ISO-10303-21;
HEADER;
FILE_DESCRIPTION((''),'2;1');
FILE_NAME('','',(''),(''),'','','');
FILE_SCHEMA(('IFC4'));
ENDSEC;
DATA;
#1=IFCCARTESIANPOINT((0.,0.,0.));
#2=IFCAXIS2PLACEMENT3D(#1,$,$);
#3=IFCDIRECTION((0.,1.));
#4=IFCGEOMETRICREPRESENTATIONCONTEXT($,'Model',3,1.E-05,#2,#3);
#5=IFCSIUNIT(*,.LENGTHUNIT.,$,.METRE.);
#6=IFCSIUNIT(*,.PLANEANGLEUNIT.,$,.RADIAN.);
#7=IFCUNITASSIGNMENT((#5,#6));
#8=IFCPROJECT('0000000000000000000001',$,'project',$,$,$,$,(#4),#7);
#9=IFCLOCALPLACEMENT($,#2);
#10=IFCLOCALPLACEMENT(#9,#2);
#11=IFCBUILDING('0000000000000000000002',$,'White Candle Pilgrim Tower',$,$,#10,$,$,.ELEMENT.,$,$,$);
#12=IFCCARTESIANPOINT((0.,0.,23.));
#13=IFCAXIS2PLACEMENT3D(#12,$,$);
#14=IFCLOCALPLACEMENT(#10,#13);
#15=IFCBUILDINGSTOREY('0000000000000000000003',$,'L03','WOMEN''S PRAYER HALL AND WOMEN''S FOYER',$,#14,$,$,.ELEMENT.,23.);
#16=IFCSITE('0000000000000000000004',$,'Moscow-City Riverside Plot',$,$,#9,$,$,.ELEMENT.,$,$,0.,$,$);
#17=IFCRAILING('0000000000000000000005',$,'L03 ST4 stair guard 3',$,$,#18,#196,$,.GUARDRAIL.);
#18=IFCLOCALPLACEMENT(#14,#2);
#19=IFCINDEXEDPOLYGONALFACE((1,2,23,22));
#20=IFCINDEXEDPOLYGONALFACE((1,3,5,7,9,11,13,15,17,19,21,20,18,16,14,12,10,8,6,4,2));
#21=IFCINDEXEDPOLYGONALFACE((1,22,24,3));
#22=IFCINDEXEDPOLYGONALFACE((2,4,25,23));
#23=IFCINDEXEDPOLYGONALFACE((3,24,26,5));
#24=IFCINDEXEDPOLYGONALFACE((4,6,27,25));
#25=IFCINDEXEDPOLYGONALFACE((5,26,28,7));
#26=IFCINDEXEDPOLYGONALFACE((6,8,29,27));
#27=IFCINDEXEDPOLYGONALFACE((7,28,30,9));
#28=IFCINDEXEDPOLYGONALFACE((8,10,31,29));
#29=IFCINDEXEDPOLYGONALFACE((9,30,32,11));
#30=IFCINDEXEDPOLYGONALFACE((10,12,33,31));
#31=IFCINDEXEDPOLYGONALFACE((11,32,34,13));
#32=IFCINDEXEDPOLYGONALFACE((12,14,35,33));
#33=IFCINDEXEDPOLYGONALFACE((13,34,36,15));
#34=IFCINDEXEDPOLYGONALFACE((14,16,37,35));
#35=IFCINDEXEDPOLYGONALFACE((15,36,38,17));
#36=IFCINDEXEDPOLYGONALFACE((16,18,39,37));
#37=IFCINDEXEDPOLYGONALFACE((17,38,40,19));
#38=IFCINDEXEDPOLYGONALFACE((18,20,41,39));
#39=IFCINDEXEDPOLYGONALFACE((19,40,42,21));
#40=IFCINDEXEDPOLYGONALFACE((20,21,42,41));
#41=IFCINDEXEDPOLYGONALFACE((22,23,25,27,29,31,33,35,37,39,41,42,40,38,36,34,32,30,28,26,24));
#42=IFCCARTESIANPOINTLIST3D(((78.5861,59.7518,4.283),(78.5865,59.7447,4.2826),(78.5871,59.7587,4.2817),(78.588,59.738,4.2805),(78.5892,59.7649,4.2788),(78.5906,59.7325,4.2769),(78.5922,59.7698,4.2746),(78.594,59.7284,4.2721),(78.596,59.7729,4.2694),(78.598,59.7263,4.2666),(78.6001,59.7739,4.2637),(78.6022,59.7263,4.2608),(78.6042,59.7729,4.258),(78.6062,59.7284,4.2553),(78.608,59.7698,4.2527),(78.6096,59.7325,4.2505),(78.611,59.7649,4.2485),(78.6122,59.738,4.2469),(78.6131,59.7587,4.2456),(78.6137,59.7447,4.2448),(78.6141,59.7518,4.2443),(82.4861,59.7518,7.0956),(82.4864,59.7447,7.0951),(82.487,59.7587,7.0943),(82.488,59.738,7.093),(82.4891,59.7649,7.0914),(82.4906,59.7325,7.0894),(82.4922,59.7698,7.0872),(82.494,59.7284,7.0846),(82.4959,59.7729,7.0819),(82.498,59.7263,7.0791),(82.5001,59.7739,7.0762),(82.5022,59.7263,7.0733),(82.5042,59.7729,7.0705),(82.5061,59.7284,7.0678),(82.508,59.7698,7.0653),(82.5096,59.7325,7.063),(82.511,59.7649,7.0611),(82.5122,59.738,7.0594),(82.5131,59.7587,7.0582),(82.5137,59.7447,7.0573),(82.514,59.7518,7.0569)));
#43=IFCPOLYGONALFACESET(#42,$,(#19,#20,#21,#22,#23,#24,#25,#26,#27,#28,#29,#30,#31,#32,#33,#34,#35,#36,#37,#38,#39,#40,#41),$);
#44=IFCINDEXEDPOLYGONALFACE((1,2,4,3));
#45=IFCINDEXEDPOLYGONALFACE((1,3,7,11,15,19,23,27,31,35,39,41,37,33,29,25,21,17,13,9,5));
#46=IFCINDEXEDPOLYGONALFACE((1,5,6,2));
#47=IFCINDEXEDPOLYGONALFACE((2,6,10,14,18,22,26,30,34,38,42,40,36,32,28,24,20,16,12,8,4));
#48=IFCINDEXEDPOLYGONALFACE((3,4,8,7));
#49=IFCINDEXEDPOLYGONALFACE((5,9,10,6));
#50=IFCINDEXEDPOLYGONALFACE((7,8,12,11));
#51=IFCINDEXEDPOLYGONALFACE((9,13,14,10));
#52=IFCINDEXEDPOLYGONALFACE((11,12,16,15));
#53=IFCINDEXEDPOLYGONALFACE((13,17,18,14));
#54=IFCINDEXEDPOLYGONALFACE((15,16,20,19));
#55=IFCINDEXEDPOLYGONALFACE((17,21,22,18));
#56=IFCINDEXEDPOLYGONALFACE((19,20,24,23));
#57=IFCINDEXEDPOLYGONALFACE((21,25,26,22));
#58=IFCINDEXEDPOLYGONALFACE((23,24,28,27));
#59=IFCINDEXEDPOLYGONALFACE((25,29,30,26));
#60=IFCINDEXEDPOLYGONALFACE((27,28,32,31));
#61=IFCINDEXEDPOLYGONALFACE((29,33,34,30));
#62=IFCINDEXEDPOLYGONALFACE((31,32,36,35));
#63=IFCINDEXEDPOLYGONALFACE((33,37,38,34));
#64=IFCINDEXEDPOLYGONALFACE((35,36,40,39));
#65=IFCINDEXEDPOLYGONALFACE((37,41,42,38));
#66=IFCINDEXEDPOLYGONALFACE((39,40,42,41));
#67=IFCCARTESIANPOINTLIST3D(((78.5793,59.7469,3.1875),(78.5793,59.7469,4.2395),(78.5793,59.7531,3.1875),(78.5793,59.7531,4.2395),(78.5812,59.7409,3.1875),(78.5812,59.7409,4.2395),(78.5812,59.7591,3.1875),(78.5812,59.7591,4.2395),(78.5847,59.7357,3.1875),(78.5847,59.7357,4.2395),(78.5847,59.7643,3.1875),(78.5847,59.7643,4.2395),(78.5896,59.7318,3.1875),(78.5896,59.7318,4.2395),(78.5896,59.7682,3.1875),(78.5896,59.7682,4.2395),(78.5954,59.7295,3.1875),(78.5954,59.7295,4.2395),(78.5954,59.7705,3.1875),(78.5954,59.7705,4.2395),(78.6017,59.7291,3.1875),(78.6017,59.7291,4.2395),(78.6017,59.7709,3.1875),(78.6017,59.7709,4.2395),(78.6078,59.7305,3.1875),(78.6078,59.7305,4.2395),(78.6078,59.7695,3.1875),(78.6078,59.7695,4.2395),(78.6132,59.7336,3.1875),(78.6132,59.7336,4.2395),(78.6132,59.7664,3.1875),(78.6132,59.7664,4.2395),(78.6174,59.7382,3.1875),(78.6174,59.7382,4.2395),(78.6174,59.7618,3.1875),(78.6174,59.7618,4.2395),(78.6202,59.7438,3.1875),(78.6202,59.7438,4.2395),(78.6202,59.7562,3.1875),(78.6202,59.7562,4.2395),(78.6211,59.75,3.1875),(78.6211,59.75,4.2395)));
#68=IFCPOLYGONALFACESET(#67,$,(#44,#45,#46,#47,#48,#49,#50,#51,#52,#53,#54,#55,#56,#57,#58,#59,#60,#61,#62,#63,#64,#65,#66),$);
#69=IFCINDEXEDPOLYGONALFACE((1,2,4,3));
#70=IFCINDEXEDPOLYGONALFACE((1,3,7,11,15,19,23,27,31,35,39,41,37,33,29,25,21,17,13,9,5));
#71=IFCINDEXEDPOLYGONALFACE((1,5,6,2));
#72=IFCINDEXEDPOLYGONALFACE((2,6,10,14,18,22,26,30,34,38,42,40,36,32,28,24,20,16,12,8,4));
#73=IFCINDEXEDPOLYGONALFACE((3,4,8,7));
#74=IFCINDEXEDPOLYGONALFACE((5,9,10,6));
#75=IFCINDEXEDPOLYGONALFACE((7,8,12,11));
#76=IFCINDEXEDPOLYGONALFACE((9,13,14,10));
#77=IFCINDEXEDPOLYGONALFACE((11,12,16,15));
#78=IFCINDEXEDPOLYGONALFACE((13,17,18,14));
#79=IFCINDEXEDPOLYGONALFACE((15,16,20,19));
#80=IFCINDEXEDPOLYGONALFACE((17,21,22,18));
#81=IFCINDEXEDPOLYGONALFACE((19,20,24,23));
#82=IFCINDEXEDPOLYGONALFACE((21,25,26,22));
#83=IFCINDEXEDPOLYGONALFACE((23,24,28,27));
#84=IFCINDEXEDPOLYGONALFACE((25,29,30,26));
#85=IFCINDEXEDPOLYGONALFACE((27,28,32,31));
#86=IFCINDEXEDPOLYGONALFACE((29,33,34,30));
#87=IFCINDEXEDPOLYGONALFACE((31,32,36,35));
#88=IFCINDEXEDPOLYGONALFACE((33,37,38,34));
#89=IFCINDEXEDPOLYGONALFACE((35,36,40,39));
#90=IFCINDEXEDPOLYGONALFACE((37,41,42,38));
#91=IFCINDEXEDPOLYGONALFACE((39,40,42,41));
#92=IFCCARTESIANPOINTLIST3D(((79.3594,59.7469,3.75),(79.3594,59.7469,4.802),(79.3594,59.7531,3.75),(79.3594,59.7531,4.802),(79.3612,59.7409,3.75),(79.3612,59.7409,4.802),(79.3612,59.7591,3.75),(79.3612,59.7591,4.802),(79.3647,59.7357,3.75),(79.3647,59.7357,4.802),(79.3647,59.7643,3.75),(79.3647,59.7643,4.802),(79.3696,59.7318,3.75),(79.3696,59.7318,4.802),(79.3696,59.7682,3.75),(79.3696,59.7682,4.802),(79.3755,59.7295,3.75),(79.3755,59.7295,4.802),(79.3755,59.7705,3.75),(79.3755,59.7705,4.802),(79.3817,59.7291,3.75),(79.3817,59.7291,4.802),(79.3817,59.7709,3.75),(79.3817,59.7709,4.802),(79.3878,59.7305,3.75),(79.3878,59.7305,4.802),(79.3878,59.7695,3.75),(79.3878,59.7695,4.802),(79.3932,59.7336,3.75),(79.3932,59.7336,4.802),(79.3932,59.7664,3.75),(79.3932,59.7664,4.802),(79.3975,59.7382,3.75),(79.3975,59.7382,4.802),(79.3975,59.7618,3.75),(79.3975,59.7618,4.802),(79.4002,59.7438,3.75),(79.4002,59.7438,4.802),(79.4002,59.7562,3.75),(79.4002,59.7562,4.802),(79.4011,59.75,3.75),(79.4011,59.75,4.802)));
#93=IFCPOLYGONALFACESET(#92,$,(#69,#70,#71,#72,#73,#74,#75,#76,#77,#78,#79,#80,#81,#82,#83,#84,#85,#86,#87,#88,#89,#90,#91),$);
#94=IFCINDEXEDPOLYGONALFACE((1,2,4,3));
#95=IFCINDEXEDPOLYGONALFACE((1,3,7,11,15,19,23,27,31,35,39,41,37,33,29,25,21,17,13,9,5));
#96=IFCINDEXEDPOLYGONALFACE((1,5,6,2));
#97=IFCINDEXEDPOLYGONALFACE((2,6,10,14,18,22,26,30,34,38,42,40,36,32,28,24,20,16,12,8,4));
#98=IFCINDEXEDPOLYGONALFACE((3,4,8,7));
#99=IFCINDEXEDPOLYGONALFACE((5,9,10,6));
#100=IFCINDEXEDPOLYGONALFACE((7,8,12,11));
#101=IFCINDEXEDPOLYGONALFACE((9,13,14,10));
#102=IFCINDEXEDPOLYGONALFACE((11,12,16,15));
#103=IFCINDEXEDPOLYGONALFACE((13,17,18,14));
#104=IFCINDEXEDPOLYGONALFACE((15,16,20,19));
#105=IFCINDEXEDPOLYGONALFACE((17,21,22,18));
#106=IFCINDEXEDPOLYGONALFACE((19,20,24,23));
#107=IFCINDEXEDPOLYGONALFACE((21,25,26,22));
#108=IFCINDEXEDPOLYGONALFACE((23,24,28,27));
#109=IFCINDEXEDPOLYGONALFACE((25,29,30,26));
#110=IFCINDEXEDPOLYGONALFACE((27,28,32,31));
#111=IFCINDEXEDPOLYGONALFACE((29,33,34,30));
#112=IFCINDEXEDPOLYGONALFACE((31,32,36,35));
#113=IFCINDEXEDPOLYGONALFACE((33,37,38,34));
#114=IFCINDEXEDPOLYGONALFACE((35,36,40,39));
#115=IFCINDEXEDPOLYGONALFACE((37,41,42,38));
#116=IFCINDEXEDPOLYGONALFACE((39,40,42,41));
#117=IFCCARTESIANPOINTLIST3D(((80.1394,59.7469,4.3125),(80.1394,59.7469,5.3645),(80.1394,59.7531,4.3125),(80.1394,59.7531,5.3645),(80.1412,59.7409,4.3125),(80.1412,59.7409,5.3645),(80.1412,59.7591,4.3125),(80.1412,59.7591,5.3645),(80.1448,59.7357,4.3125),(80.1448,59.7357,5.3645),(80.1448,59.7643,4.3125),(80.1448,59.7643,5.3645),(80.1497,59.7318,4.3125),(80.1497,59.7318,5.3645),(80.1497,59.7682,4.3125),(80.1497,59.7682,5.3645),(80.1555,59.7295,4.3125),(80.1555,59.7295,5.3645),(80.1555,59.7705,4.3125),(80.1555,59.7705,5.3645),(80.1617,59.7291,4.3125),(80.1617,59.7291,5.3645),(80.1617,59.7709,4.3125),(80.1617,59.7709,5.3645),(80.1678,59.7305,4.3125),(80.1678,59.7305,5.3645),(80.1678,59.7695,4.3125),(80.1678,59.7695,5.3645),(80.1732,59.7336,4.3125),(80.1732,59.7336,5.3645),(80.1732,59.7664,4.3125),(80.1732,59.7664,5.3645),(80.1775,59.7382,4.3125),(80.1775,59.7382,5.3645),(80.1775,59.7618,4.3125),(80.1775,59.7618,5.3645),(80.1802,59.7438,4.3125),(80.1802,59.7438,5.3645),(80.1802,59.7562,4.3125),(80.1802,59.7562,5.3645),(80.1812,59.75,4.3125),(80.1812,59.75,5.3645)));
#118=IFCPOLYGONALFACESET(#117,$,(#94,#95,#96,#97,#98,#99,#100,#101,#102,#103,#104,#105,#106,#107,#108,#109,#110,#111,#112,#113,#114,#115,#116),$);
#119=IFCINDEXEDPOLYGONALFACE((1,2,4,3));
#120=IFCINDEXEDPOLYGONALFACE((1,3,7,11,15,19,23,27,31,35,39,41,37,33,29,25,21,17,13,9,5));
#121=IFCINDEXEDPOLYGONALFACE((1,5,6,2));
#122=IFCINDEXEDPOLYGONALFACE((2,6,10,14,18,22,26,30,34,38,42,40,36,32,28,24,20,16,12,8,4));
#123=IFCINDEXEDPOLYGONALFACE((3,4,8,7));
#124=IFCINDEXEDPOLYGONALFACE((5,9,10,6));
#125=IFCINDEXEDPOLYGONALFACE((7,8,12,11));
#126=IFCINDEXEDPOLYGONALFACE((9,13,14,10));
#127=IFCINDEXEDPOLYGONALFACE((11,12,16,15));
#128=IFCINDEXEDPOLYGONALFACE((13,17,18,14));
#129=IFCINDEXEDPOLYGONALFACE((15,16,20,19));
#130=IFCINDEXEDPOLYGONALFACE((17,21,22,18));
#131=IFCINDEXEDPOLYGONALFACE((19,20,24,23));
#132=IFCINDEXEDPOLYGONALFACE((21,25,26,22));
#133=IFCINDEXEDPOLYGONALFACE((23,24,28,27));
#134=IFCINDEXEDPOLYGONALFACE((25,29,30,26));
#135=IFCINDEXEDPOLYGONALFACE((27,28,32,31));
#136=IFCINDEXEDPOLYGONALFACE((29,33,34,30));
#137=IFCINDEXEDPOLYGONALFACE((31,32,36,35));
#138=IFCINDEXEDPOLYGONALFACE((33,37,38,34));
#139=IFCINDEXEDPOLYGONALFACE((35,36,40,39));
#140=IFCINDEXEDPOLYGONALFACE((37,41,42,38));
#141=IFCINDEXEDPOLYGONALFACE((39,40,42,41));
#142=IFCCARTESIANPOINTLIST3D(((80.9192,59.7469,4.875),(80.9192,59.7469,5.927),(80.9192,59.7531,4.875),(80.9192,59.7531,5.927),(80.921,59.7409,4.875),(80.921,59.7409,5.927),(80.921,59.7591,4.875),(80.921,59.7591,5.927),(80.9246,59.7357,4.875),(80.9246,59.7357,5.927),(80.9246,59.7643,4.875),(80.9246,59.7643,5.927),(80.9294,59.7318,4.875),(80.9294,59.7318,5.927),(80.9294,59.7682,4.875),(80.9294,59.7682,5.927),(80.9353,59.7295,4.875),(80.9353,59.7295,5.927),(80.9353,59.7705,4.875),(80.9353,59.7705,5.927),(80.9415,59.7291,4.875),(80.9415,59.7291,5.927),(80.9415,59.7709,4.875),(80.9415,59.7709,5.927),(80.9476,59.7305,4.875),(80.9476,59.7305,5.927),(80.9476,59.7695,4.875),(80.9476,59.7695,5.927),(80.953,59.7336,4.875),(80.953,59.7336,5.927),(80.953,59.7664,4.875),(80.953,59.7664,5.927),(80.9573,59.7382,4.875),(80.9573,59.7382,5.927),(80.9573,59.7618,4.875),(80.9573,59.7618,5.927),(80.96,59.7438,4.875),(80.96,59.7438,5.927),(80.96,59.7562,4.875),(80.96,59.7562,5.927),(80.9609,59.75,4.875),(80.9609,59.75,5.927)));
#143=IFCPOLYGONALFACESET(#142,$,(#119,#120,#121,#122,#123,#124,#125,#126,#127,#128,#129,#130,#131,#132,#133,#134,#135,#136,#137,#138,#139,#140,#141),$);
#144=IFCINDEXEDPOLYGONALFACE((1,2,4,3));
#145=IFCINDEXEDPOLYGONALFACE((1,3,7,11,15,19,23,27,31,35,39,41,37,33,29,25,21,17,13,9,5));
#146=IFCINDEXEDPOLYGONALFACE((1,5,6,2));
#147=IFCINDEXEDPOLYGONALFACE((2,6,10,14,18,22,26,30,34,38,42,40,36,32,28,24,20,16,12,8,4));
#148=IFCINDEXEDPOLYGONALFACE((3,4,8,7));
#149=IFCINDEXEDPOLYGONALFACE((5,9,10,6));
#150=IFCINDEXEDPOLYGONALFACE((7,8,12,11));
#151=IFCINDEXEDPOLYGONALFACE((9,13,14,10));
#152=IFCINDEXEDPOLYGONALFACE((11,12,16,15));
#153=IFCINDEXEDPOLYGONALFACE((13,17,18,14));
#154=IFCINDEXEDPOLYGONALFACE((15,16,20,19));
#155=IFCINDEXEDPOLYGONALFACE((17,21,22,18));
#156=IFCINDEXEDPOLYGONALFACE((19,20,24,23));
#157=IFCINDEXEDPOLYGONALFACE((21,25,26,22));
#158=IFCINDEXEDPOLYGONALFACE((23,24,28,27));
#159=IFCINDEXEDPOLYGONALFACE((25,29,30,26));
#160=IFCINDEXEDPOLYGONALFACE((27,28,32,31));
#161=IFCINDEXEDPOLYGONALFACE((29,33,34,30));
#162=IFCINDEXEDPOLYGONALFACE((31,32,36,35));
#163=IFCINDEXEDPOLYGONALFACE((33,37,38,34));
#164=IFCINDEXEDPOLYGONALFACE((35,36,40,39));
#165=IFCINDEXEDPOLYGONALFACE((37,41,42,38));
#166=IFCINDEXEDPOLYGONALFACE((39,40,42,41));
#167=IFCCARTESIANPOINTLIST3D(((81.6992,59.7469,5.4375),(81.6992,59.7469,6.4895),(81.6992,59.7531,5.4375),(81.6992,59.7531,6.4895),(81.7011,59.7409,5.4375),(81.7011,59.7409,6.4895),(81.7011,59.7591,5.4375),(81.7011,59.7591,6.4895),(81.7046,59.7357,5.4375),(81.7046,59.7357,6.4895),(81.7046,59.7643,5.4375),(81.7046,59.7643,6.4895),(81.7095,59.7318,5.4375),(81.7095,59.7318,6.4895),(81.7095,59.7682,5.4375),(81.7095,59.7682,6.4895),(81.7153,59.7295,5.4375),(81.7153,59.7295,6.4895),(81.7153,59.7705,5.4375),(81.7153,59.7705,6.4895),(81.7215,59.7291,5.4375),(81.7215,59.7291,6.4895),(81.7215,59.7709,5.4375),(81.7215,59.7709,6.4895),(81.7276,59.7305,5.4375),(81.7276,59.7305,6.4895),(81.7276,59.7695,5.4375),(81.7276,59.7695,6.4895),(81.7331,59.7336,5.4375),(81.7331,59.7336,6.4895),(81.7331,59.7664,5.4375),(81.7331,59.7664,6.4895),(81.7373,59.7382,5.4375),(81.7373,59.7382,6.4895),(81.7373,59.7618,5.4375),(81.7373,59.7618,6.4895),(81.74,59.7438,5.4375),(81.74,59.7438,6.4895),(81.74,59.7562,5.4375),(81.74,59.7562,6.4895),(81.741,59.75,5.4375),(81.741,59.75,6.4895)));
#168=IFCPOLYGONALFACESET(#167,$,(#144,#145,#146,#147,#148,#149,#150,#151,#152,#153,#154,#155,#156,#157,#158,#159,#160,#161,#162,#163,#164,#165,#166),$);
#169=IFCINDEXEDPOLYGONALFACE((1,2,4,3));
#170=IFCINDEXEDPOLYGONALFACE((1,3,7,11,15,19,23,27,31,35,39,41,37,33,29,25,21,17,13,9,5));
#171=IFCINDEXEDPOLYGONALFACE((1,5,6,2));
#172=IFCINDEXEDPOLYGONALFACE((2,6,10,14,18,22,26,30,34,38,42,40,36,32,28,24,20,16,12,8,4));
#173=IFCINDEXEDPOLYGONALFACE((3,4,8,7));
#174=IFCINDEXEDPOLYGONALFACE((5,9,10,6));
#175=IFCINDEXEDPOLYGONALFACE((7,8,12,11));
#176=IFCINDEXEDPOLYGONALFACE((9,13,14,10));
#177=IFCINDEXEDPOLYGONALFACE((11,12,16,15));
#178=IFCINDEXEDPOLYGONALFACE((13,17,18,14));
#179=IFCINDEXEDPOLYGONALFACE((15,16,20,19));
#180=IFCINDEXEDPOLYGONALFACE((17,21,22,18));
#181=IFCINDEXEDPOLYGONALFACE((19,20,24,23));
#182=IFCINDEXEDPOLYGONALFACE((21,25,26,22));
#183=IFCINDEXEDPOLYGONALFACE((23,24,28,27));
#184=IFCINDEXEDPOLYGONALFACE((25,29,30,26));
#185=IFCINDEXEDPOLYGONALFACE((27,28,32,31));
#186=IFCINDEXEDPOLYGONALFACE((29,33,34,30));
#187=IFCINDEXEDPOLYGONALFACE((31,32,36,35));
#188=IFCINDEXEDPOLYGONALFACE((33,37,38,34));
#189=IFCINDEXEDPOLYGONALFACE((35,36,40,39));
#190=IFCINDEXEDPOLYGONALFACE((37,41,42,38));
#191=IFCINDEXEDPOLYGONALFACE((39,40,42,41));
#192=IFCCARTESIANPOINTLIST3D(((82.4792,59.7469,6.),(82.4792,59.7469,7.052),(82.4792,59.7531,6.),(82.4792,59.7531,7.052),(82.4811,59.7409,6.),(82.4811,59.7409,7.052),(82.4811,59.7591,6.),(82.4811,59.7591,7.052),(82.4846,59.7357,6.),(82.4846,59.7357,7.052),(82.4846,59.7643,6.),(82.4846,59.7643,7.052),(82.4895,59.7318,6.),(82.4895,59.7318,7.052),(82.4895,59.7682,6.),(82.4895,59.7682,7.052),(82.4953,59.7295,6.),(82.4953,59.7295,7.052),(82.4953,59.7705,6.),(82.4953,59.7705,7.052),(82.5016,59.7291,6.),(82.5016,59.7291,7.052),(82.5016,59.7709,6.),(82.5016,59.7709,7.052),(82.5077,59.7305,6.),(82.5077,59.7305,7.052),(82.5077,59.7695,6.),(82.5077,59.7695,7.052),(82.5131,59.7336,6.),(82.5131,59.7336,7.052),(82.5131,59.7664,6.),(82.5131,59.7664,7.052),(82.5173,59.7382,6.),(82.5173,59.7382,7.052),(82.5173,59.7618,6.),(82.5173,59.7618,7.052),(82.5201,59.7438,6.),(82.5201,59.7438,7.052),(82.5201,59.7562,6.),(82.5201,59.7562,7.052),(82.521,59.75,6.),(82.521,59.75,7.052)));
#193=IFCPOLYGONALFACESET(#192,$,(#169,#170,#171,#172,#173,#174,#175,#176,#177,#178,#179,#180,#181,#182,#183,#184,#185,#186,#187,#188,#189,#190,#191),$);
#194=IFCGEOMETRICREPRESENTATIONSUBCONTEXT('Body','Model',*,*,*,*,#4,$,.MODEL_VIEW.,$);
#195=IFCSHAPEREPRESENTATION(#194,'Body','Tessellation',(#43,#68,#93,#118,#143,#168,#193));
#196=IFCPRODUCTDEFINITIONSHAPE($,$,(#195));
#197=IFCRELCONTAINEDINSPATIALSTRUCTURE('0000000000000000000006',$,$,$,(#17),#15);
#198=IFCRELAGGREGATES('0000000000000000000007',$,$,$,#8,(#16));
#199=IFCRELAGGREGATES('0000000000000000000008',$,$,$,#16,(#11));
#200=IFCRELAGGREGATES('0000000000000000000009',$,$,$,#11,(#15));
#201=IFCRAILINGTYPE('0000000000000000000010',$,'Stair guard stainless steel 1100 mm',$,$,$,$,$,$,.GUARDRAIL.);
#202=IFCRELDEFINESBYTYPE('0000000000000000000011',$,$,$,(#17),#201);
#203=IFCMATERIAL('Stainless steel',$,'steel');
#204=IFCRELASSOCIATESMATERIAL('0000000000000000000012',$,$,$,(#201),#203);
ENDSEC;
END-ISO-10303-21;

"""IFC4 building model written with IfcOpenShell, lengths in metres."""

from ifc_helpers import new_model, si_unit, direction, frame, origin, origin_2d, place, context, subcontext, project, spatial, circle, extrude, material, type_object, element, save


model = new_model("IFC4")

# Units and contexts
model_context = context("Model", 3, precision=1e-05, world=origin(), true_north=direction((0.0, 1.0)))
body_context = subcontext(model_context, "Body", "Model", "MODEL_VIEW")
ifc_project = project(units=[si_unit("LENGTHUNIT", "METRE"), si_unit("PLANEANGLEUNIT", "RADIAN")], contexts=[model_context])

# Site, building, storey
site_placement = place(None, origin())
site = spatial("IfcSite", under=ifc_project, at=site_placement, Name="Moscow-City Riverside Plot", CompositionType="ELEMENT", RefElevation=0.0)
building_placement = place(site_placement, origin())
building = spatial("IfcBuilding", under=site, at=building_placement, Name="White Candle Pilgrim Tower", CompositionType="ELEMENT")
storey_placement = place(building_placement, frame((0.0, 0.0, 23.0)))
storey = spatial("IfcBuildingStorey", under=building, at=storey_placement, Name="L03", Description="WOMEN'S PRAYER HALL AND WOMEN'S FOYER", CompositionType="ELEMENT", Elevation=23.0)

# Railing
ifc_material_1 = material(Name="Stainless steel", Category="steel")
railing_type_1 = type_object("IfcRailingType", Name="Stair guard stainless steel 1100 mm", PredefinedType="GUARDRAIL", material=ifc_material_1)
railing_1_placement = place(storey_placement, frame((78.6001, 59.75, 3.1875)))
element("IfcRailing", 1, at=railing_1_placement, inside=storey, type_object=railing_type_1, Name="L03 ST4 stair guard 3", PredefinedType="GUARDRAIL", context=body_context, shape_type="SweptSolid", body=[
    extrude(circle(Radius=0.0239, at=origin_2d()), frame((0.0, 0.0, 1.0762), z_axis=(0.811083, 0.0, 0.584931), x_axis=(0.0, 1.0, 0.0)), (0.0, 0.0, 1.0), 4.8083),
    extrude(circle(Radius=0.021, at=origin_2d()), origin(), (0.0, 0.0, 1.0), 1.052),
    extrude(circle(Radius=0.021, at=origin_2d()), frame((0.78, 0.0, 0.5625)), (0.0, 0.0, 1.0), 1.052),
    extrude(circle(Radius=0.021, at=origin_2d()), frame((1.5601, 0.0, 1.125)), (0.0, 0.0, 1.0), 1.052),
    extrude(circle(Radius=0.021, at=origin_2d()), frame((2.3398, 0.0, 1.6875)), (0.0, 0.0, 1.0), 1.052),
    extrude(circle(Radius=0.021, at=origin_2d()), frame((3.1199, 0.0, 2.25)), (0.0, 0.0, 1.0), 1.052),
    extrude(circle(Radius=0.021, at=origin_2d()), frame((3.8999, 0.0, 2.8125)), (0.0, 0.0, 1.0), 1.052),
])

save(model, "model.ifc")
